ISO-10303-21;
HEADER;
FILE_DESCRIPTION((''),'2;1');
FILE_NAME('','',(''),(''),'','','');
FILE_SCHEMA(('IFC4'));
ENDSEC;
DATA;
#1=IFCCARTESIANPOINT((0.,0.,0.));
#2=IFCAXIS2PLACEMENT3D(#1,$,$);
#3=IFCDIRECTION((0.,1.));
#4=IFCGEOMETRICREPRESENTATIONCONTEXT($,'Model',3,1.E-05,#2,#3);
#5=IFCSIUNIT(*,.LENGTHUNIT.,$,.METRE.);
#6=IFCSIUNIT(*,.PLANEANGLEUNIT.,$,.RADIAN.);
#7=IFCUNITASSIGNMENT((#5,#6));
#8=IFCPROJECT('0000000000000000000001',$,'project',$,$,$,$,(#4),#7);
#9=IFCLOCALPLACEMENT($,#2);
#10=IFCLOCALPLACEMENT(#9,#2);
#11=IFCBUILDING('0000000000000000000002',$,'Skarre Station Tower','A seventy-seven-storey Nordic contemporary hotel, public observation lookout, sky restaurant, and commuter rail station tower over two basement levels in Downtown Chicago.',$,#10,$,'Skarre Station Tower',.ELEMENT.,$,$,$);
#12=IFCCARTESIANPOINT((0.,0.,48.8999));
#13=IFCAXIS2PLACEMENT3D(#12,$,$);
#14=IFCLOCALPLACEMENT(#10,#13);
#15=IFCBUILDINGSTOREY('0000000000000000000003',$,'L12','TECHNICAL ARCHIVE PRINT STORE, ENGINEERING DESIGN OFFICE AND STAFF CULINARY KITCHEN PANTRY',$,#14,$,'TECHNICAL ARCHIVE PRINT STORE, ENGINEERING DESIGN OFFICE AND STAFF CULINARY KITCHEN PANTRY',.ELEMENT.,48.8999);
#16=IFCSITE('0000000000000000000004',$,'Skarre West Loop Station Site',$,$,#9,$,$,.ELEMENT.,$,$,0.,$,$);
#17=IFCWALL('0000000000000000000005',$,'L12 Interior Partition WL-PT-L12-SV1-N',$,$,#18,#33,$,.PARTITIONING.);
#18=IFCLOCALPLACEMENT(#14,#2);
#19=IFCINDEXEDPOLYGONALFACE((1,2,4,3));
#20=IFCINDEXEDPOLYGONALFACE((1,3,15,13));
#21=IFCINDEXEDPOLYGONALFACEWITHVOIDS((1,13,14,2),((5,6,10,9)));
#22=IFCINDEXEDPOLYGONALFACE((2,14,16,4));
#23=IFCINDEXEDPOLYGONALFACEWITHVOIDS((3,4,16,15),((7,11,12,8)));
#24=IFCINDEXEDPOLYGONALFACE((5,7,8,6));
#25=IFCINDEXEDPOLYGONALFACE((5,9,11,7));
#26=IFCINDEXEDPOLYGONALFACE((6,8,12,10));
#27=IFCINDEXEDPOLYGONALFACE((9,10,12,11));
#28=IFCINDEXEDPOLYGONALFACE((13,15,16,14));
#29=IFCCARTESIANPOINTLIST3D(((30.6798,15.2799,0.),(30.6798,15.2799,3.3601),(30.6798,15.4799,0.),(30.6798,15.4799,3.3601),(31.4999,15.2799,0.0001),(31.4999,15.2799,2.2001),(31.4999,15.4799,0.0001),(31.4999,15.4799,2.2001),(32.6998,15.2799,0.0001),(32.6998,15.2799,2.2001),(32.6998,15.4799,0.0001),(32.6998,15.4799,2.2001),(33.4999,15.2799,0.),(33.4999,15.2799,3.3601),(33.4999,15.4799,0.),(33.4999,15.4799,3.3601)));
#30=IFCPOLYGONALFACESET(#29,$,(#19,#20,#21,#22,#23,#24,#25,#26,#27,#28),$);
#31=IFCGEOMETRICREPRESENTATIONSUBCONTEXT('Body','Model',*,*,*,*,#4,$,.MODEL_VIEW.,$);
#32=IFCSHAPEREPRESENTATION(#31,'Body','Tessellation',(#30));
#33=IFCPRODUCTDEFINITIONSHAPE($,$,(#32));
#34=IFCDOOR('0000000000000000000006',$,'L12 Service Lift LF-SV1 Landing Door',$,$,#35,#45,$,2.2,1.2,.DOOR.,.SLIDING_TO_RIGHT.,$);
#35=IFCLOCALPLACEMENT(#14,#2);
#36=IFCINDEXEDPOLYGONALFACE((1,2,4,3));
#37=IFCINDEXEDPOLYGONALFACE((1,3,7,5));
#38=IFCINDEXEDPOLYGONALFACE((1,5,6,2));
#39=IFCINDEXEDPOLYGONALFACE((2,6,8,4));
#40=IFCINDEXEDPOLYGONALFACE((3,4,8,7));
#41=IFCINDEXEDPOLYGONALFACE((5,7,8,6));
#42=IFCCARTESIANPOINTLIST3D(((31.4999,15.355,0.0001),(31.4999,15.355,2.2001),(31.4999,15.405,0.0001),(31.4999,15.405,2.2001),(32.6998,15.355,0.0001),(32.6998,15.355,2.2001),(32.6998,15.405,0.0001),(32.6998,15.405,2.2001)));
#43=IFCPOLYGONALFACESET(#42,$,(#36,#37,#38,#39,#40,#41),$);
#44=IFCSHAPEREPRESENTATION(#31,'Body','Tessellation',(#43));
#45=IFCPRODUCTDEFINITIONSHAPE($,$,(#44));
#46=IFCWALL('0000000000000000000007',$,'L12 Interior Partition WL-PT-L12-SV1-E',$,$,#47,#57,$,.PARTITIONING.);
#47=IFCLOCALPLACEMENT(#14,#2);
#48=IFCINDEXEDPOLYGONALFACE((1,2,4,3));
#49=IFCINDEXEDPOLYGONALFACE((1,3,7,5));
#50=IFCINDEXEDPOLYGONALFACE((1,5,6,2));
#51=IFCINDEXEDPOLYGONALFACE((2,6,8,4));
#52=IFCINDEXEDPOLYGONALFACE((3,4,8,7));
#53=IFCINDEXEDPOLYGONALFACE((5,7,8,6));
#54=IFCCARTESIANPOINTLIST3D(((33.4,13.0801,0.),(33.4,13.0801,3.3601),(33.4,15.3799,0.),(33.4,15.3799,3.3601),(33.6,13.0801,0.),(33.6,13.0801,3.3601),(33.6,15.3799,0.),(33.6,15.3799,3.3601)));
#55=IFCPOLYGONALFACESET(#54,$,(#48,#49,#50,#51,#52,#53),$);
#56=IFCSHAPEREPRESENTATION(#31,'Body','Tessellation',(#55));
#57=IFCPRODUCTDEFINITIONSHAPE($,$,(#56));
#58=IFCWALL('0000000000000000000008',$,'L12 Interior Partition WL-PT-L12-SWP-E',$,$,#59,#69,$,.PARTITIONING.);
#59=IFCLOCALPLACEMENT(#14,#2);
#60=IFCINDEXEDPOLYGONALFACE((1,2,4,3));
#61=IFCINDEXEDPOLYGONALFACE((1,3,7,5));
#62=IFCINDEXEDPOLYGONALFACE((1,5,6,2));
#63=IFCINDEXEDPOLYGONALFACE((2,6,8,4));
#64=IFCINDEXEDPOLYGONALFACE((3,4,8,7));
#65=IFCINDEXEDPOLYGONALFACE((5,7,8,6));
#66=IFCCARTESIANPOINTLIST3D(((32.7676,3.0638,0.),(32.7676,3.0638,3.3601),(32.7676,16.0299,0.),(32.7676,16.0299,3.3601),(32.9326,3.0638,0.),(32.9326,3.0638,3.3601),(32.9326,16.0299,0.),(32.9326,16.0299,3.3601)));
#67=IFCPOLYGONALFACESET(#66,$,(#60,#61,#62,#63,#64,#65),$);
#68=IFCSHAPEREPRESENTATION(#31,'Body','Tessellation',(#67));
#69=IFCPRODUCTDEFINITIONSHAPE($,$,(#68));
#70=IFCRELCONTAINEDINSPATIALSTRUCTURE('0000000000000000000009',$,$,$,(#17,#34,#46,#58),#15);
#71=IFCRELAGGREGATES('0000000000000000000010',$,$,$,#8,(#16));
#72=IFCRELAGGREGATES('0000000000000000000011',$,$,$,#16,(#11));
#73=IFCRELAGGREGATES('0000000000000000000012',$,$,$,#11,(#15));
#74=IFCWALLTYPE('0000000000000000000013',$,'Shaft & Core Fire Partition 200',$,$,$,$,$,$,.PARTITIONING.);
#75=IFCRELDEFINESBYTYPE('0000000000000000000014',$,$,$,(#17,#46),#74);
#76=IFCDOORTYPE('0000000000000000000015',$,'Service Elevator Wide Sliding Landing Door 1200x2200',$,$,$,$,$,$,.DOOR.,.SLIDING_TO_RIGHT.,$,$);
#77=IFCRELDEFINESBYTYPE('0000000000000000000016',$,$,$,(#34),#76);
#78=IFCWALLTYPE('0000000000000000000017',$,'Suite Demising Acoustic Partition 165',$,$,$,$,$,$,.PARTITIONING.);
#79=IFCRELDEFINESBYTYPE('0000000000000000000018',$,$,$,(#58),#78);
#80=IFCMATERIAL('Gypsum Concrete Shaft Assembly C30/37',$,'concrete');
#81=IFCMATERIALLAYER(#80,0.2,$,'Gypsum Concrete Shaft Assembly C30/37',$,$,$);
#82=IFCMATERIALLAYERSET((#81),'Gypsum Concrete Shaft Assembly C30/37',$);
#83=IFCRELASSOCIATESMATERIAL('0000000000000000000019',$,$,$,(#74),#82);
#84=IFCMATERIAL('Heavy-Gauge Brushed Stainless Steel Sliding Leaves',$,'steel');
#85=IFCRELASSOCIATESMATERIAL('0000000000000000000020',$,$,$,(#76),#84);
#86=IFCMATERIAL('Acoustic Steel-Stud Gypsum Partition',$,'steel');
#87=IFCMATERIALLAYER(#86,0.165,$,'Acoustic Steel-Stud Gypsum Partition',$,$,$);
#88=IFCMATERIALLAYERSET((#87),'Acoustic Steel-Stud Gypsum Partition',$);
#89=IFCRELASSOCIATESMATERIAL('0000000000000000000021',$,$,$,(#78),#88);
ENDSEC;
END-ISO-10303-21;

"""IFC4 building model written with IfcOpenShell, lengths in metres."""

from ifc_helpers import new_model, si_unit, direction, frame, frame_2d, origin, place, context, subcontext, project, spatial, rectangle, extrude, material, layer, layer_set, type_object, element, fill, save


model = new_model("IFC4")

# Units and contexts
model_context = context("Model", 3, precision=1e-05, world=origin(), true_north=direction((0.0, 1.0)))
body_context = subcontext(model_context, "Body", "Model", "MODEL_VIEW")
ifc_project = project(units=[si_unit("LENGTHUNIT", "METRE"), si_unit("PLANEANGLEUNIT", "RADIAN")], contexts=[model_context])

# Site, building, storey
site_placement = place(None, origin())
site = spatial("IfcSite", under=ifc_project, at=site_placement, Name="Skarre West Loop Station Site", CompositionType="ELEMENT", RefElevation=0.0)
building_placement = place(site_placement, origin())
building = spatial("IfcBuilding", under=site, at=building_placement, Name="Skarre Station Tower", Description="A seventy-seven-storey Nordic contemporary hotel, public observation lookout, sky restaurant, and commuter rail station tower over two basement levels in Downtown Chicago.", LongName="Skarre Station Tower", CompositionType="ELEMENT")
storey_placement = place(building_placement, frame((0.0, 0.0, 48.8999)))
storey = spatial("IfcBuildingStorey", under=building, at=storey_placement, Name="L12", Description="TECHNICAL ARCHIVE PRINT STORE, ENGINEERING DESIGN OFFICE AND STAFF CULINARY KITCHEN PANTRY", LongName="TECHNICAL ARCHIVE PRINT STORE, ENGINEERING DESIGN OFFICE AND STAFF CULINARY KITCHEN PANTRY", CompositionType="ELEMENT", Elevation=48.8999)

# Wall, opening, door
ifc_material_1 = material(Name="Gypsum Concrete Shaft Assembly C30/37", Category="concrete")
ifc_layer_1 = layer(ifc_material_1, 0.2, Name="Gypsum Concrete Shaft Assembly C30/37")
ifc_layer_set_1 = layer_set([ifc_layer_1], Name="Gypsum Concrete Shaft Assembly C30/37")
wall_type_1 = type_object("IfcWallType", Name="Shaft & Core Fire Partition 200", PredefinedType="PARTITIONING", material=ifc_layer_set_1)
wall_1_placement = place(storey_placement, frame((33.5, 15.3799, 0.0), z_axis=(0.0, 0.0, 1.0), x_axis=(-1.0, 0.0, 0.0)))
wall_1 = element("IfcWall", 1, at=wall_1_placement, inside=storey, type_object=wall_type_1, Name="L12 Interior Partition WL-PT-L12-SV1-N", PredefinedType="PARTITIONING", context=body_context, shape_type="SweptSolid", body=[
    extrude(rectangle(XDim=2.8201, YDim=0.2, at=frame_2d((1.4102, 0.0))), origin(), (0.0, 0.0, 1.0), 3.3601),
])
opening_1_placement = place(wall_1_placement, frame((0.8, 0.0, 0.0)))
opening_1 = element("IfcOpeningElement", 2, at=opening_1_placement, cuts=wall_1, PredefinedType="OPENING", context=body_context, shape_type="SweptSolid", body=[
    extrude(rectangle(XDim=1.2, YDim=2.2, at=frame_2d((0.6001, 1.1001))), frame((0.0, 0.1099, 0.0), z_axis=(0.0, -1.0, 0.0), x_axis=(1.0, 0.0, 0.0)), (0.0, 0.0, 1.0), 0.22),
])
ifc_material_2 = material(Name="Heavy-Gauge Brushed Stainless Steel Sliding Leaves", Category="steel")
door_type = type_object("IfcDoorType", Name="Service Elevator Wide Sliding Landing Door 1200x2200", OperationType="SLIDING_TO_RIGHT", PredefinedType="DOOR", material=ifc_material_2)
door_placement = place(opening_1_placement, origin())
door = element("IfcDoor", 3, at=door_placement, inside=storey, type_object=door_type, Name="L12 Service Lift LF-SV1 Landing Door", OperationType="SLIDING_TO_RIGHT", OverallHeight=2.2, OverallWidth=1.2, PredefinedType="DOOR", context=body_context, shape_type="SweptSolid", body=[
    extrude(rectangle(XDim=1.2, YDim=2.2, at=frame_2d((0.6001, 1.1001))), frame((0.0, 0.0249, 0.0), z_axis=(0.0, -1.0, 0.0), x_axis=(1.0, 0.0, 0.0)), (0.0, 0.0, 1.0), 0.05),
])
fill(opening_1, door)

# Walls
wall_2_placement = place(storey_placement, frame((33.5, 13.0801, 0.0), z_axis=(0.0, 0.0, 1.0), x_axis=(0.0, 1.0, 0.0)))
element("IfcWall", 4, at=wall_2_placement, inside=storey, type_object=wall_type_1, Name="L12 Interior Partition WL-PT-L12-SV1-E", PredefinedType="PARTITIONING", context=body_context, shape_type="SweptSolid", body=[
    extrude(rectangle(XDim=2.2998, YDim=0.2, at=frame_2d((1.1499, 0.0))), origin(), (0.0, 0.0, 1.0), 3.3601),
])
ifc_material_3 = material(Name="Acoustic Steel-Stud Gypsum Partition", Category="steel")
ifc_layer_2 = layer(ifc_material_3, 0.165, Name="Acoustic Steel-Stud Gypsum Partition")
ifc_layer_set_2 = layer_set([ifc_layer_2], Name="Acoustic Steel-Stud Gypsum Partition")
wall_type_2 = type_object("IfcWallType", Name="Suite Demising Acoustic Partition 165", PredefinedType="PARTITIONING", material=ifc_layer_set_2)
wall_3_placement = place(storey_placement, frame((32.8501, 3.064, 0.0), z_axis=(0.0, 0.0, 1.0), x_axis=(0.0, 1.0, 0.0)))
element("IfcWall", 5, at=wall_3_placement, inside=storey, type_object=wall_type_2, Name="L12 Interior Partition WL-PT-L12-SWP-E", PredefinedType="PARTITIONING", context=body_context, shape_type="SweptSolid", body=[
    extrude(rectangle(XDim=12.9661, YDim=0.165, at=frame_2d((6.4829, 0.0))), origin(), (0.0, 0.0, 1.0), 3.3601),
])

save(model, "model.ifc")
